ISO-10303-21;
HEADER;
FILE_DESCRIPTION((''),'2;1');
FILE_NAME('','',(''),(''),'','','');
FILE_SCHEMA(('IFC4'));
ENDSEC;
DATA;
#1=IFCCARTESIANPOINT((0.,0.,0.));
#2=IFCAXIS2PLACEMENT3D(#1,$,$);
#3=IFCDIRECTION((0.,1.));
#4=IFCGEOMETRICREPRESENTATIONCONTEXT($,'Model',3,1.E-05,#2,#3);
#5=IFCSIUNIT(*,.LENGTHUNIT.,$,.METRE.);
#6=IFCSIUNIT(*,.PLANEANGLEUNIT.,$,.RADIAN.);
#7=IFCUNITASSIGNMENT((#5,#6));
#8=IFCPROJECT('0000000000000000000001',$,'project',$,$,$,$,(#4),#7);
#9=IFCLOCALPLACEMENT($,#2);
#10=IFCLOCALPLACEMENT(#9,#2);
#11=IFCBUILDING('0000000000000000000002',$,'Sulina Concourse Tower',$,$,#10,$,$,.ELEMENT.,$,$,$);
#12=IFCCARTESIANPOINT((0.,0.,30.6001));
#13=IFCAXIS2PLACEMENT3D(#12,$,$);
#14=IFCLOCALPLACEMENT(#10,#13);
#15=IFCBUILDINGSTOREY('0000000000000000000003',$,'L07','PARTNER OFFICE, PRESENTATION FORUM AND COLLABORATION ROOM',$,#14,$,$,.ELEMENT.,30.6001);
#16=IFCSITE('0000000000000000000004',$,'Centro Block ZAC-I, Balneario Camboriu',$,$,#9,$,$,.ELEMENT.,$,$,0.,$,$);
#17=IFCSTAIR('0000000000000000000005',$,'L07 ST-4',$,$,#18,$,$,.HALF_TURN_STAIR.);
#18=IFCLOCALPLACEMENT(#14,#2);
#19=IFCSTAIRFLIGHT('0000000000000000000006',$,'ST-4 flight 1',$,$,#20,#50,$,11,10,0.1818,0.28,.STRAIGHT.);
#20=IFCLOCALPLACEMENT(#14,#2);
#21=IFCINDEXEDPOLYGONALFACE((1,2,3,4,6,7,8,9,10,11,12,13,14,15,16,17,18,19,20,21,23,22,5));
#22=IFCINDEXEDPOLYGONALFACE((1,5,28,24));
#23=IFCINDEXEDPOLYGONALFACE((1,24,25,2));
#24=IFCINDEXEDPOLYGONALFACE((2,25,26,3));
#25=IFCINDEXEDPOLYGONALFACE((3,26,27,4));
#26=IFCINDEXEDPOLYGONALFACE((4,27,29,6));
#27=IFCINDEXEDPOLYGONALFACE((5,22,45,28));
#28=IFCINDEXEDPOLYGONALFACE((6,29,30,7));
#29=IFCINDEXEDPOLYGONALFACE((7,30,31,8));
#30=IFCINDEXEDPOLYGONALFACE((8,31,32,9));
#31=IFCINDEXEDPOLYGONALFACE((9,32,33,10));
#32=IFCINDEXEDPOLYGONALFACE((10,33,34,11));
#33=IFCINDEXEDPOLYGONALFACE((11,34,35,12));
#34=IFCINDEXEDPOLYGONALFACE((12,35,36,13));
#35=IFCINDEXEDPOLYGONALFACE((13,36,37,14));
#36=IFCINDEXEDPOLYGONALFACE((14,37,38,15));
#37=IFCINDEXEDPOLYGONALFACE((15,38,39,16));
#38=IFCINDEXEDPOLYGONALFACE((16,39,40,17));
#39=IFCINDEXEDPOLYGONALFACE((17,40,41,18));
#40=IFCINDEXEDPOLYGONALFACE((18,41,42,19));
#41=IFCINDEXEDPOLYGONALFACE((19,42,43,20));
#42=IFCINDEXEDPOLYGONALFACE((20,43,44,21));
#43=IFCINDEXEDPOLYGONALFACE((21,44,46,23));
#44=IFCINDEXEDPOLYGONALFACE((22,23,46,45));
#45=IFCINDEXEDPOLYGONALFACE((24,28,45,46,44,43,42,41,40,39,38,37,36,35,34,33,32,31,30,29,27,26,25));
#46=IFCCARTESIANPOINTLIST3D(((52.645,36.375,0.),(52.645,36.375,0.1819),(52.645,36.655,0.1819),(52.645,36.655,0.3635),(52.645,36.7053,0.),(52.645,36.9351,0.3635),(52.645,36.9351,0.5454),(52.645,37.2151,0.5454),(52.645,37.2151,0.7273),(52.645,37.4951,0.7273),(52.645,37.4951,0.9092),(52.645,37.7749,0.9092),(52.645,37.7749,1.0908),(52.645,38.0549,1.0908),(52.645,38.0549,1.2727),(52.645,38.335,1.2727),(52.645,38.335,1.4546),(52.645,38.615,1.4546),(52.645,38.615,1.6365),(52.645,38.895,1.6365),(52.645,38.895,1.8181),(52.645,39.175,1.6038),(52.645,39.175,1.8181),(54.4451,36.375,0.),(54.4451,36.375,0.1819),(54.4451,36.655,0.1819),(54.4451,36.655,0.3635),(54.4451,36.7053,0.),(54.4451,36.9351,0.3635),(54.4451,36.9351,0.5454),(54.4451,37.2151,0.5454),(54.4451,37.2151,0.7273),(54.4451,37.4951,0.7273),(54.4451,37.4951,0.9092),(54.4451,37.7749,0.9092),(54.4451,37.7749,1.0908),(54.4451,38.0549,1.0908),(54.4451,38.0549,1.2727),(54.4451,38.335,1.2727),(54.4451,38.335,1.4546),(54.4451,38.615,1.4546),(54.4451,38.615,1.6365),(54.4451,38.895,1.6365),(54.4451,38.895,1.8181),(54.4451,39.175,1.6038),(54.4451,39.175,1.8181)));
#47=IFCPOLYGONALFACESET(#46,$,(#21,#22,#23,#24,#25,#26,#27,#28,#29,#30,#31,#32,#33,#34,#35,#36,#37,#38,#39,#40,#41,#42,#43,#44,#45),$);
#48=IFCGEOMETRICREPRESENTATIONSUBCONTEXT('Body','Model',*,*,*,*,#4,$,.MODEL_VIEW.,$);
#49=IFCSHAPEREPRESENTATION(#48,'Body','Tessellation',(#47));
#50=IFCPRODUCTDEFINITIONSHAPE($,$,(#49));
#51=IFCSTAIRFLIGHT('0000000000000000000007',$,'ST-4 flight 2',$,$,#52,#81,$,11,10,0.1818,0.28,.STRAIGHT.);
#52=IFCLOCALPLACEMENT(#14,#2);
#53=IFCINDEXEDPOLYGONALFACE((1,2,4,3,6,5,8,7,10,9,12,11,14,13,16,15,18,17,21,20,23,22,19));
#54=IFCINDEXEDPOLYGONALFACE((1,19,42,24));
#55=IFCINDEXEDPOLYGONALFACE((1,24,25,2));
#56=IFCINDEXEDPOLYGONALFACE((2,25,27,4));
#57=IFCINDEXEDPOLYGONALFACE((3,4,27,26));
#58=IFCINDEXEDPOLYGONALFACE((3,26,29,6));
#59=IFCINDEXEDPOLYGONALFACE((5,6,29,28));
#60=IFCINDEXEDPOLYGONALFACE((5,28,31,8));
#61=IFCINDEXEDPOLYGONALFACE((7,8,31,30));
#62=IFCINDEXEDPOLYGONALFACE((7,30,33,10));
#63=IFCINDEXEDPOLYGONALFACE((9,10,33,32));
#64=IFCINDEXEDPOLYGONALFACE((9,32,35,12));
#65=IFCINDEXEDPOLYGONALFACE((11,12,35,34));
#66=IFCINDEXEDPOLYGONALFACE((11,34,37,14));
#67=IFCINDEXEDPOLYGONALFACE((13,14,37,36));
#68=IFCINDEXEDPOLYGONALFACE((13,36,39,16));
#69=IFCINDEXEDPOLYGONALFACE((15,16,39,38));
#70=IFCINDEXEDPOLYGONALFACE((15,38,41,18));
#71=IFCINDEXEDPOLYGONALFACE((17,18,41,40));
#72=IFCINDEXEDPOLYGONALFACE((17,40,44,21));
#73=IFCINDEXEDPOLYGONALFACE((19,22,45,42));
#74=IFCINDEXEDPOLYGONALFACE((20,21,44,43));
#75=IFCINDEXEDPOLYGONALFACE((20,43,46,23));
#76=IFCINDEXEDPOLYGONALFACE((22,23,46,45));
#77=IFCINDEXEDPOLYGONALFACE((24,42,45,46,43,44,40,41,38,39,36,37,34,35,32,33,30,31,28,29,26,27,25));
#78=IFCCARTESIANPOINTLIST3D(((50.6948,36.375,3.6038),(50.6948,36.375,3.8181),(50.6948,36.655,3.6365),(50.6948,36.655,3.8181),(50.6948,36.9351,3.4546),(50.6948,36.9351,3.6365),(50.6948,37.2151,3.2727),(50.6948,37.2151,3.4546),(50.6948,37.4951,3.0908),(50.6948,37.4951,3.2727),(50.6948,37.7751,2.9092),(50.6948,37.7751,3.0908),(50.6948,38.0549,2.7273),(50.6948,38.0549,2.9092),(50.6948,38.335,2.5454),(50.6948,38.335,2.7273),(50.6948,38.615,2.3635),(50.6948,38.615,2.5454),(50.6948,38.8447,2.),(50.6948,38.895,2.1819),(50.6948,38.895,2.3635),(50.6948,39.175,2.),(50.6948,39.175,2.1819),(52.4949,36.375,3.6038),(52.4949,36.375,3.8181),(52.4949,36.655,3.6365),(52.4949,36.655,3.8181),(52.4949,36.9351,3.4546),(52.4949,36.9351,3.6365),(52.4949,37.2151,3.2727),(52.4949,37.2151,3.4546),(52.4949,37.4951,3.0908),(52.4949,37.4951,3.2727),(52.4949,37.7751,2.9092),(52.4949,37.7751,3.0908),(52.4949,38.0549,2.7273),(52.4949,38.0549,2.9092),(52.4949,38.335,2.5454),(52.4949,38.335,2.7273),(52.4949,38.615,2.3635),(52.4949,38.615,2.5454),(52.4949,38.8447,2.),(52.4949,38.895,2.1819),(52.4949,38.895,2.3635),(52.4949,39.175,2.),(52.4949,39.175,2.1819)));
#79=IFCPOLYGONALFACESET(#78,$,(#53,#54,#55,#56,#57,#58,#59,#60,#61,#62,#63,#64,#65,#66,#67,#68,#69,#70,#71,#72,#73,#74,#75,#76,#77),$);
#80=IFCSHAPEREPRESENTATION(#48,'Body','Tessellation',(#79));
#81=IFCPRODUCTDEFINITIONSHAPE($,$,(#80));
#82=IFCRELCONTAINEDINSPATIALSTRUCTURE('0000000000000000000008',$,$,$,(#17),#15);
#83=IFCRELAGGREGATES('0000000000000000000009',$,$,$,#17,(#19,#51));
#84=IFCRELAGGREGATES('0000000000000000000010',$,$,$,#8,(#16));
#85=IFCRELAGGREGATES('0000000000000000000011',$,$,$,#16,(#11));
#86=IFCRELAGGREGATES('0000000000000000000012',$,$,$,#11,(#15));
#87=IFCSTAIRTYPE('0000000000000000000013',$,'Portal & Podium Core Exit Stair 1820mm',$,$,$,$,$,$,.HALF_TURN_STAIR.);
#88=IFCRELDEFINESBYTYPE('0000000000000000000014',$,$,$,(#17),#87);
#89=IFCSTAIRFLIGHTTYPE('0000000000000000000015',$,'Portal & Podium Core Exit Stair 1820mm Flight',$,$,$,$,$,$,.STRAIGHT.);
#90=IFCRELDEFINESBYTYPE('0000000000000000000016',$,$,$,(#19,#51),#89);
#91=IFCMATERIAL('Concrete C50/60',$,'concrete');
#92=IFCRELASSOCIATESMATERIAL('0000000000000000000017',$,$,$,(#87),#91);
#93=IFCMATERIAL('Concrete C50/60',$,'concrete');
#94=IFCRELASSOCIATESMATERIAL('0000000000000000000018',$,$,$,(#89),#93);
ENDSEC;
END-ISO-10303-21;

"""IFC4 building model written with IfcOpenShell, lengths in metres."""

from ifc_helpers import new_model, si_unit, direction, frame, origin, place, context, subcontext, project, spatial, polyline, outline, extrude, material, type_object, element, aggregate, save


model = new_model("IFC4")

# Units and contexts
model_context = context("Model", 3, precision=1e-05, world=origin(), true_north=direction((0.0, 1.0)))
body_context = subcontext(model_context, "Body", "Model", "MODEL_VIEW")
ifc_project = project(units=[si_unit("LENGTHUNIT", "METRE"), si_unit("PLANEANGLEUNIT", "RADIAN")], contexts=[model_context])

# Site, building, storey
site_placement = place(None, origin())
site = spatial("IfcSite", under=ifc_project, at=site_placement, Name="Centro Block ZAC-I, Balneario Camboriu", CompositionType="ELEMENT", RefElevation=0.0)
building_placement = place(site_placement, origin())
building = spatial("IfcBuilding", under=site, at=building_placement, Name="Sulina Concourse Tower", CompositionType="ELEMENT")
storey_placement = place(building_placement, frame((0.0, 0.0, 30.6001)))
storey = spatial("IfcBuildingStorey", under=building, at=storey_placement, Name="L07", Description="PARTNER OFFICE, PRESENTATION FORUM AND COLLABORATION ROOM", CompositionType="ELEMENT", Elevation=30.6001)

# Stair, stair flights
ifc_material_1 = material(Name="Concrete C50/60", Category="concrete")
stair_type = type_object("IfcStairType", Name="Portal & Podium Core Exit Stair 1820mm", PredefinedType="HALF_TURN_STAIR", material=ifc_material_1)
stair_placement = place(storey_placement, origin())
stair = element("IfcStair", 1, at=stair_placement, inside=storey, type_object=stair_type, Name="L07 ST-4", PredefinedType="HALF_TURN_STAIR")
ifc_material_2 = material(Name="Concrete C50/60", Category="concrete")
stair_flight_type = type_object("IfcStairFlightType", Name="Portal & Podium Core Exit Stair 1820mm Flight", PredefinedType="STRAIGHT", material=ifc_material_2)
stair_flight_1_placement = place(storey_placement, frame((53.5449, 36.375, 0.0), z_axis=(0.0, 0.0, 1.0), x_axis=(0.0, 1.0, 0.0)))
stair_flight_1 = element("IfcStairFlight", 2, at=stair_flight_1_placement, type_object=stair_flight_type, Name="ST-4 flight 1", NumberOfRisers=11, NumberOfTreads=10, PredefinedType="STRAIGHT", RiserHeight=0.1818, TreadLength=0.28, context=body_context, shape_type="SweptSolid", body=[
    extrude(outline(polyline([(0.0, 0.0), (0.0, 0.1819), (0.28, 0.1819), (0.28, 0.3635), (0.5601, 0.3635), (0.5601, 0.5454), (0.8401, 0.5454), (0.8401, 0.7273), (1.1201, 0.7273), (1.1201, 0.9092), (1.3999, 0.9092), (1.3999, 1.0908), (1.6799, 1.0908), (1.6799, 1.2727), (1.96, 1.2727), (1.96, 1.4546), (2.24, 1.4546), (2.24, 1.6365), (2.52, 1.6365), (2.52, 1.8181), (2.8, 1.8181), (2.8, 2.0), (2.8, 1.6038), (0.3303, 0.0), (0.0, 0.0)])), frame((0.0, 0.8999, 0.0), z_axis=(0.0, -1.0, 0.0), x_axis=(1.0, 0.0, 0.0)), (0.0, 0.0, 1.0), 1.8),
])
stair_flight_2_placement = place(storey_placement, frame((51.595, 39.175, 2.0), z_axis=(0.0, 0.0, 1.0), x_axis=(0.0, -1.0, 0.0)))
stair_flight_2 = element("IfcStairFlight", 3, at=stair_flight_2_placement, type_object=stair_flight_type, Name="ST-4 flight 2", NumberOfRisers=11, NumberOfTreads=10, PredefinedType="STRAIGHT", RiserHeight=0.1818, TreadLength=0.28, context=body_context, shape_type="SweptSolid", body=[
    extrude(outline(polyline([(0.0, 0.0), (0.0, 0.1819), (0.28, 0.1819), (0.28, 0.3635), (0.5601, 0.3635), (0.5601, 0.5454), (0.8401, 0.5454), (0.8401, 0.7273), (1.1201, 0.7273), (1.1201, 0.9092), (1.3999, 0.9092), (1.3999, 1.0908), (1.6799, 1.0908), (1.6799, 1.2727), (1.96, 1.2727), (1.96, 1.4546), (2.24, 1.4546), (2.24, 1.6365), (2.52, 1.6365), (2.52, 1.8181), (2.8, 1.8181), (2.8, 2.0), (2.8, 1.6038), (0.3303, 0.0), (0.0, 0.0)])), frame((0.0, 0.8999, 0.0), z_axis=(0.0, -1.0, 0.0), x_axis=(1.0, 0.0, 0.0)), (0.0, 0.0, 1.0), 1.8),
])
aggregate(stair, [stair_flight_1, stair_flight_2])

save(model, "model.ifc")
